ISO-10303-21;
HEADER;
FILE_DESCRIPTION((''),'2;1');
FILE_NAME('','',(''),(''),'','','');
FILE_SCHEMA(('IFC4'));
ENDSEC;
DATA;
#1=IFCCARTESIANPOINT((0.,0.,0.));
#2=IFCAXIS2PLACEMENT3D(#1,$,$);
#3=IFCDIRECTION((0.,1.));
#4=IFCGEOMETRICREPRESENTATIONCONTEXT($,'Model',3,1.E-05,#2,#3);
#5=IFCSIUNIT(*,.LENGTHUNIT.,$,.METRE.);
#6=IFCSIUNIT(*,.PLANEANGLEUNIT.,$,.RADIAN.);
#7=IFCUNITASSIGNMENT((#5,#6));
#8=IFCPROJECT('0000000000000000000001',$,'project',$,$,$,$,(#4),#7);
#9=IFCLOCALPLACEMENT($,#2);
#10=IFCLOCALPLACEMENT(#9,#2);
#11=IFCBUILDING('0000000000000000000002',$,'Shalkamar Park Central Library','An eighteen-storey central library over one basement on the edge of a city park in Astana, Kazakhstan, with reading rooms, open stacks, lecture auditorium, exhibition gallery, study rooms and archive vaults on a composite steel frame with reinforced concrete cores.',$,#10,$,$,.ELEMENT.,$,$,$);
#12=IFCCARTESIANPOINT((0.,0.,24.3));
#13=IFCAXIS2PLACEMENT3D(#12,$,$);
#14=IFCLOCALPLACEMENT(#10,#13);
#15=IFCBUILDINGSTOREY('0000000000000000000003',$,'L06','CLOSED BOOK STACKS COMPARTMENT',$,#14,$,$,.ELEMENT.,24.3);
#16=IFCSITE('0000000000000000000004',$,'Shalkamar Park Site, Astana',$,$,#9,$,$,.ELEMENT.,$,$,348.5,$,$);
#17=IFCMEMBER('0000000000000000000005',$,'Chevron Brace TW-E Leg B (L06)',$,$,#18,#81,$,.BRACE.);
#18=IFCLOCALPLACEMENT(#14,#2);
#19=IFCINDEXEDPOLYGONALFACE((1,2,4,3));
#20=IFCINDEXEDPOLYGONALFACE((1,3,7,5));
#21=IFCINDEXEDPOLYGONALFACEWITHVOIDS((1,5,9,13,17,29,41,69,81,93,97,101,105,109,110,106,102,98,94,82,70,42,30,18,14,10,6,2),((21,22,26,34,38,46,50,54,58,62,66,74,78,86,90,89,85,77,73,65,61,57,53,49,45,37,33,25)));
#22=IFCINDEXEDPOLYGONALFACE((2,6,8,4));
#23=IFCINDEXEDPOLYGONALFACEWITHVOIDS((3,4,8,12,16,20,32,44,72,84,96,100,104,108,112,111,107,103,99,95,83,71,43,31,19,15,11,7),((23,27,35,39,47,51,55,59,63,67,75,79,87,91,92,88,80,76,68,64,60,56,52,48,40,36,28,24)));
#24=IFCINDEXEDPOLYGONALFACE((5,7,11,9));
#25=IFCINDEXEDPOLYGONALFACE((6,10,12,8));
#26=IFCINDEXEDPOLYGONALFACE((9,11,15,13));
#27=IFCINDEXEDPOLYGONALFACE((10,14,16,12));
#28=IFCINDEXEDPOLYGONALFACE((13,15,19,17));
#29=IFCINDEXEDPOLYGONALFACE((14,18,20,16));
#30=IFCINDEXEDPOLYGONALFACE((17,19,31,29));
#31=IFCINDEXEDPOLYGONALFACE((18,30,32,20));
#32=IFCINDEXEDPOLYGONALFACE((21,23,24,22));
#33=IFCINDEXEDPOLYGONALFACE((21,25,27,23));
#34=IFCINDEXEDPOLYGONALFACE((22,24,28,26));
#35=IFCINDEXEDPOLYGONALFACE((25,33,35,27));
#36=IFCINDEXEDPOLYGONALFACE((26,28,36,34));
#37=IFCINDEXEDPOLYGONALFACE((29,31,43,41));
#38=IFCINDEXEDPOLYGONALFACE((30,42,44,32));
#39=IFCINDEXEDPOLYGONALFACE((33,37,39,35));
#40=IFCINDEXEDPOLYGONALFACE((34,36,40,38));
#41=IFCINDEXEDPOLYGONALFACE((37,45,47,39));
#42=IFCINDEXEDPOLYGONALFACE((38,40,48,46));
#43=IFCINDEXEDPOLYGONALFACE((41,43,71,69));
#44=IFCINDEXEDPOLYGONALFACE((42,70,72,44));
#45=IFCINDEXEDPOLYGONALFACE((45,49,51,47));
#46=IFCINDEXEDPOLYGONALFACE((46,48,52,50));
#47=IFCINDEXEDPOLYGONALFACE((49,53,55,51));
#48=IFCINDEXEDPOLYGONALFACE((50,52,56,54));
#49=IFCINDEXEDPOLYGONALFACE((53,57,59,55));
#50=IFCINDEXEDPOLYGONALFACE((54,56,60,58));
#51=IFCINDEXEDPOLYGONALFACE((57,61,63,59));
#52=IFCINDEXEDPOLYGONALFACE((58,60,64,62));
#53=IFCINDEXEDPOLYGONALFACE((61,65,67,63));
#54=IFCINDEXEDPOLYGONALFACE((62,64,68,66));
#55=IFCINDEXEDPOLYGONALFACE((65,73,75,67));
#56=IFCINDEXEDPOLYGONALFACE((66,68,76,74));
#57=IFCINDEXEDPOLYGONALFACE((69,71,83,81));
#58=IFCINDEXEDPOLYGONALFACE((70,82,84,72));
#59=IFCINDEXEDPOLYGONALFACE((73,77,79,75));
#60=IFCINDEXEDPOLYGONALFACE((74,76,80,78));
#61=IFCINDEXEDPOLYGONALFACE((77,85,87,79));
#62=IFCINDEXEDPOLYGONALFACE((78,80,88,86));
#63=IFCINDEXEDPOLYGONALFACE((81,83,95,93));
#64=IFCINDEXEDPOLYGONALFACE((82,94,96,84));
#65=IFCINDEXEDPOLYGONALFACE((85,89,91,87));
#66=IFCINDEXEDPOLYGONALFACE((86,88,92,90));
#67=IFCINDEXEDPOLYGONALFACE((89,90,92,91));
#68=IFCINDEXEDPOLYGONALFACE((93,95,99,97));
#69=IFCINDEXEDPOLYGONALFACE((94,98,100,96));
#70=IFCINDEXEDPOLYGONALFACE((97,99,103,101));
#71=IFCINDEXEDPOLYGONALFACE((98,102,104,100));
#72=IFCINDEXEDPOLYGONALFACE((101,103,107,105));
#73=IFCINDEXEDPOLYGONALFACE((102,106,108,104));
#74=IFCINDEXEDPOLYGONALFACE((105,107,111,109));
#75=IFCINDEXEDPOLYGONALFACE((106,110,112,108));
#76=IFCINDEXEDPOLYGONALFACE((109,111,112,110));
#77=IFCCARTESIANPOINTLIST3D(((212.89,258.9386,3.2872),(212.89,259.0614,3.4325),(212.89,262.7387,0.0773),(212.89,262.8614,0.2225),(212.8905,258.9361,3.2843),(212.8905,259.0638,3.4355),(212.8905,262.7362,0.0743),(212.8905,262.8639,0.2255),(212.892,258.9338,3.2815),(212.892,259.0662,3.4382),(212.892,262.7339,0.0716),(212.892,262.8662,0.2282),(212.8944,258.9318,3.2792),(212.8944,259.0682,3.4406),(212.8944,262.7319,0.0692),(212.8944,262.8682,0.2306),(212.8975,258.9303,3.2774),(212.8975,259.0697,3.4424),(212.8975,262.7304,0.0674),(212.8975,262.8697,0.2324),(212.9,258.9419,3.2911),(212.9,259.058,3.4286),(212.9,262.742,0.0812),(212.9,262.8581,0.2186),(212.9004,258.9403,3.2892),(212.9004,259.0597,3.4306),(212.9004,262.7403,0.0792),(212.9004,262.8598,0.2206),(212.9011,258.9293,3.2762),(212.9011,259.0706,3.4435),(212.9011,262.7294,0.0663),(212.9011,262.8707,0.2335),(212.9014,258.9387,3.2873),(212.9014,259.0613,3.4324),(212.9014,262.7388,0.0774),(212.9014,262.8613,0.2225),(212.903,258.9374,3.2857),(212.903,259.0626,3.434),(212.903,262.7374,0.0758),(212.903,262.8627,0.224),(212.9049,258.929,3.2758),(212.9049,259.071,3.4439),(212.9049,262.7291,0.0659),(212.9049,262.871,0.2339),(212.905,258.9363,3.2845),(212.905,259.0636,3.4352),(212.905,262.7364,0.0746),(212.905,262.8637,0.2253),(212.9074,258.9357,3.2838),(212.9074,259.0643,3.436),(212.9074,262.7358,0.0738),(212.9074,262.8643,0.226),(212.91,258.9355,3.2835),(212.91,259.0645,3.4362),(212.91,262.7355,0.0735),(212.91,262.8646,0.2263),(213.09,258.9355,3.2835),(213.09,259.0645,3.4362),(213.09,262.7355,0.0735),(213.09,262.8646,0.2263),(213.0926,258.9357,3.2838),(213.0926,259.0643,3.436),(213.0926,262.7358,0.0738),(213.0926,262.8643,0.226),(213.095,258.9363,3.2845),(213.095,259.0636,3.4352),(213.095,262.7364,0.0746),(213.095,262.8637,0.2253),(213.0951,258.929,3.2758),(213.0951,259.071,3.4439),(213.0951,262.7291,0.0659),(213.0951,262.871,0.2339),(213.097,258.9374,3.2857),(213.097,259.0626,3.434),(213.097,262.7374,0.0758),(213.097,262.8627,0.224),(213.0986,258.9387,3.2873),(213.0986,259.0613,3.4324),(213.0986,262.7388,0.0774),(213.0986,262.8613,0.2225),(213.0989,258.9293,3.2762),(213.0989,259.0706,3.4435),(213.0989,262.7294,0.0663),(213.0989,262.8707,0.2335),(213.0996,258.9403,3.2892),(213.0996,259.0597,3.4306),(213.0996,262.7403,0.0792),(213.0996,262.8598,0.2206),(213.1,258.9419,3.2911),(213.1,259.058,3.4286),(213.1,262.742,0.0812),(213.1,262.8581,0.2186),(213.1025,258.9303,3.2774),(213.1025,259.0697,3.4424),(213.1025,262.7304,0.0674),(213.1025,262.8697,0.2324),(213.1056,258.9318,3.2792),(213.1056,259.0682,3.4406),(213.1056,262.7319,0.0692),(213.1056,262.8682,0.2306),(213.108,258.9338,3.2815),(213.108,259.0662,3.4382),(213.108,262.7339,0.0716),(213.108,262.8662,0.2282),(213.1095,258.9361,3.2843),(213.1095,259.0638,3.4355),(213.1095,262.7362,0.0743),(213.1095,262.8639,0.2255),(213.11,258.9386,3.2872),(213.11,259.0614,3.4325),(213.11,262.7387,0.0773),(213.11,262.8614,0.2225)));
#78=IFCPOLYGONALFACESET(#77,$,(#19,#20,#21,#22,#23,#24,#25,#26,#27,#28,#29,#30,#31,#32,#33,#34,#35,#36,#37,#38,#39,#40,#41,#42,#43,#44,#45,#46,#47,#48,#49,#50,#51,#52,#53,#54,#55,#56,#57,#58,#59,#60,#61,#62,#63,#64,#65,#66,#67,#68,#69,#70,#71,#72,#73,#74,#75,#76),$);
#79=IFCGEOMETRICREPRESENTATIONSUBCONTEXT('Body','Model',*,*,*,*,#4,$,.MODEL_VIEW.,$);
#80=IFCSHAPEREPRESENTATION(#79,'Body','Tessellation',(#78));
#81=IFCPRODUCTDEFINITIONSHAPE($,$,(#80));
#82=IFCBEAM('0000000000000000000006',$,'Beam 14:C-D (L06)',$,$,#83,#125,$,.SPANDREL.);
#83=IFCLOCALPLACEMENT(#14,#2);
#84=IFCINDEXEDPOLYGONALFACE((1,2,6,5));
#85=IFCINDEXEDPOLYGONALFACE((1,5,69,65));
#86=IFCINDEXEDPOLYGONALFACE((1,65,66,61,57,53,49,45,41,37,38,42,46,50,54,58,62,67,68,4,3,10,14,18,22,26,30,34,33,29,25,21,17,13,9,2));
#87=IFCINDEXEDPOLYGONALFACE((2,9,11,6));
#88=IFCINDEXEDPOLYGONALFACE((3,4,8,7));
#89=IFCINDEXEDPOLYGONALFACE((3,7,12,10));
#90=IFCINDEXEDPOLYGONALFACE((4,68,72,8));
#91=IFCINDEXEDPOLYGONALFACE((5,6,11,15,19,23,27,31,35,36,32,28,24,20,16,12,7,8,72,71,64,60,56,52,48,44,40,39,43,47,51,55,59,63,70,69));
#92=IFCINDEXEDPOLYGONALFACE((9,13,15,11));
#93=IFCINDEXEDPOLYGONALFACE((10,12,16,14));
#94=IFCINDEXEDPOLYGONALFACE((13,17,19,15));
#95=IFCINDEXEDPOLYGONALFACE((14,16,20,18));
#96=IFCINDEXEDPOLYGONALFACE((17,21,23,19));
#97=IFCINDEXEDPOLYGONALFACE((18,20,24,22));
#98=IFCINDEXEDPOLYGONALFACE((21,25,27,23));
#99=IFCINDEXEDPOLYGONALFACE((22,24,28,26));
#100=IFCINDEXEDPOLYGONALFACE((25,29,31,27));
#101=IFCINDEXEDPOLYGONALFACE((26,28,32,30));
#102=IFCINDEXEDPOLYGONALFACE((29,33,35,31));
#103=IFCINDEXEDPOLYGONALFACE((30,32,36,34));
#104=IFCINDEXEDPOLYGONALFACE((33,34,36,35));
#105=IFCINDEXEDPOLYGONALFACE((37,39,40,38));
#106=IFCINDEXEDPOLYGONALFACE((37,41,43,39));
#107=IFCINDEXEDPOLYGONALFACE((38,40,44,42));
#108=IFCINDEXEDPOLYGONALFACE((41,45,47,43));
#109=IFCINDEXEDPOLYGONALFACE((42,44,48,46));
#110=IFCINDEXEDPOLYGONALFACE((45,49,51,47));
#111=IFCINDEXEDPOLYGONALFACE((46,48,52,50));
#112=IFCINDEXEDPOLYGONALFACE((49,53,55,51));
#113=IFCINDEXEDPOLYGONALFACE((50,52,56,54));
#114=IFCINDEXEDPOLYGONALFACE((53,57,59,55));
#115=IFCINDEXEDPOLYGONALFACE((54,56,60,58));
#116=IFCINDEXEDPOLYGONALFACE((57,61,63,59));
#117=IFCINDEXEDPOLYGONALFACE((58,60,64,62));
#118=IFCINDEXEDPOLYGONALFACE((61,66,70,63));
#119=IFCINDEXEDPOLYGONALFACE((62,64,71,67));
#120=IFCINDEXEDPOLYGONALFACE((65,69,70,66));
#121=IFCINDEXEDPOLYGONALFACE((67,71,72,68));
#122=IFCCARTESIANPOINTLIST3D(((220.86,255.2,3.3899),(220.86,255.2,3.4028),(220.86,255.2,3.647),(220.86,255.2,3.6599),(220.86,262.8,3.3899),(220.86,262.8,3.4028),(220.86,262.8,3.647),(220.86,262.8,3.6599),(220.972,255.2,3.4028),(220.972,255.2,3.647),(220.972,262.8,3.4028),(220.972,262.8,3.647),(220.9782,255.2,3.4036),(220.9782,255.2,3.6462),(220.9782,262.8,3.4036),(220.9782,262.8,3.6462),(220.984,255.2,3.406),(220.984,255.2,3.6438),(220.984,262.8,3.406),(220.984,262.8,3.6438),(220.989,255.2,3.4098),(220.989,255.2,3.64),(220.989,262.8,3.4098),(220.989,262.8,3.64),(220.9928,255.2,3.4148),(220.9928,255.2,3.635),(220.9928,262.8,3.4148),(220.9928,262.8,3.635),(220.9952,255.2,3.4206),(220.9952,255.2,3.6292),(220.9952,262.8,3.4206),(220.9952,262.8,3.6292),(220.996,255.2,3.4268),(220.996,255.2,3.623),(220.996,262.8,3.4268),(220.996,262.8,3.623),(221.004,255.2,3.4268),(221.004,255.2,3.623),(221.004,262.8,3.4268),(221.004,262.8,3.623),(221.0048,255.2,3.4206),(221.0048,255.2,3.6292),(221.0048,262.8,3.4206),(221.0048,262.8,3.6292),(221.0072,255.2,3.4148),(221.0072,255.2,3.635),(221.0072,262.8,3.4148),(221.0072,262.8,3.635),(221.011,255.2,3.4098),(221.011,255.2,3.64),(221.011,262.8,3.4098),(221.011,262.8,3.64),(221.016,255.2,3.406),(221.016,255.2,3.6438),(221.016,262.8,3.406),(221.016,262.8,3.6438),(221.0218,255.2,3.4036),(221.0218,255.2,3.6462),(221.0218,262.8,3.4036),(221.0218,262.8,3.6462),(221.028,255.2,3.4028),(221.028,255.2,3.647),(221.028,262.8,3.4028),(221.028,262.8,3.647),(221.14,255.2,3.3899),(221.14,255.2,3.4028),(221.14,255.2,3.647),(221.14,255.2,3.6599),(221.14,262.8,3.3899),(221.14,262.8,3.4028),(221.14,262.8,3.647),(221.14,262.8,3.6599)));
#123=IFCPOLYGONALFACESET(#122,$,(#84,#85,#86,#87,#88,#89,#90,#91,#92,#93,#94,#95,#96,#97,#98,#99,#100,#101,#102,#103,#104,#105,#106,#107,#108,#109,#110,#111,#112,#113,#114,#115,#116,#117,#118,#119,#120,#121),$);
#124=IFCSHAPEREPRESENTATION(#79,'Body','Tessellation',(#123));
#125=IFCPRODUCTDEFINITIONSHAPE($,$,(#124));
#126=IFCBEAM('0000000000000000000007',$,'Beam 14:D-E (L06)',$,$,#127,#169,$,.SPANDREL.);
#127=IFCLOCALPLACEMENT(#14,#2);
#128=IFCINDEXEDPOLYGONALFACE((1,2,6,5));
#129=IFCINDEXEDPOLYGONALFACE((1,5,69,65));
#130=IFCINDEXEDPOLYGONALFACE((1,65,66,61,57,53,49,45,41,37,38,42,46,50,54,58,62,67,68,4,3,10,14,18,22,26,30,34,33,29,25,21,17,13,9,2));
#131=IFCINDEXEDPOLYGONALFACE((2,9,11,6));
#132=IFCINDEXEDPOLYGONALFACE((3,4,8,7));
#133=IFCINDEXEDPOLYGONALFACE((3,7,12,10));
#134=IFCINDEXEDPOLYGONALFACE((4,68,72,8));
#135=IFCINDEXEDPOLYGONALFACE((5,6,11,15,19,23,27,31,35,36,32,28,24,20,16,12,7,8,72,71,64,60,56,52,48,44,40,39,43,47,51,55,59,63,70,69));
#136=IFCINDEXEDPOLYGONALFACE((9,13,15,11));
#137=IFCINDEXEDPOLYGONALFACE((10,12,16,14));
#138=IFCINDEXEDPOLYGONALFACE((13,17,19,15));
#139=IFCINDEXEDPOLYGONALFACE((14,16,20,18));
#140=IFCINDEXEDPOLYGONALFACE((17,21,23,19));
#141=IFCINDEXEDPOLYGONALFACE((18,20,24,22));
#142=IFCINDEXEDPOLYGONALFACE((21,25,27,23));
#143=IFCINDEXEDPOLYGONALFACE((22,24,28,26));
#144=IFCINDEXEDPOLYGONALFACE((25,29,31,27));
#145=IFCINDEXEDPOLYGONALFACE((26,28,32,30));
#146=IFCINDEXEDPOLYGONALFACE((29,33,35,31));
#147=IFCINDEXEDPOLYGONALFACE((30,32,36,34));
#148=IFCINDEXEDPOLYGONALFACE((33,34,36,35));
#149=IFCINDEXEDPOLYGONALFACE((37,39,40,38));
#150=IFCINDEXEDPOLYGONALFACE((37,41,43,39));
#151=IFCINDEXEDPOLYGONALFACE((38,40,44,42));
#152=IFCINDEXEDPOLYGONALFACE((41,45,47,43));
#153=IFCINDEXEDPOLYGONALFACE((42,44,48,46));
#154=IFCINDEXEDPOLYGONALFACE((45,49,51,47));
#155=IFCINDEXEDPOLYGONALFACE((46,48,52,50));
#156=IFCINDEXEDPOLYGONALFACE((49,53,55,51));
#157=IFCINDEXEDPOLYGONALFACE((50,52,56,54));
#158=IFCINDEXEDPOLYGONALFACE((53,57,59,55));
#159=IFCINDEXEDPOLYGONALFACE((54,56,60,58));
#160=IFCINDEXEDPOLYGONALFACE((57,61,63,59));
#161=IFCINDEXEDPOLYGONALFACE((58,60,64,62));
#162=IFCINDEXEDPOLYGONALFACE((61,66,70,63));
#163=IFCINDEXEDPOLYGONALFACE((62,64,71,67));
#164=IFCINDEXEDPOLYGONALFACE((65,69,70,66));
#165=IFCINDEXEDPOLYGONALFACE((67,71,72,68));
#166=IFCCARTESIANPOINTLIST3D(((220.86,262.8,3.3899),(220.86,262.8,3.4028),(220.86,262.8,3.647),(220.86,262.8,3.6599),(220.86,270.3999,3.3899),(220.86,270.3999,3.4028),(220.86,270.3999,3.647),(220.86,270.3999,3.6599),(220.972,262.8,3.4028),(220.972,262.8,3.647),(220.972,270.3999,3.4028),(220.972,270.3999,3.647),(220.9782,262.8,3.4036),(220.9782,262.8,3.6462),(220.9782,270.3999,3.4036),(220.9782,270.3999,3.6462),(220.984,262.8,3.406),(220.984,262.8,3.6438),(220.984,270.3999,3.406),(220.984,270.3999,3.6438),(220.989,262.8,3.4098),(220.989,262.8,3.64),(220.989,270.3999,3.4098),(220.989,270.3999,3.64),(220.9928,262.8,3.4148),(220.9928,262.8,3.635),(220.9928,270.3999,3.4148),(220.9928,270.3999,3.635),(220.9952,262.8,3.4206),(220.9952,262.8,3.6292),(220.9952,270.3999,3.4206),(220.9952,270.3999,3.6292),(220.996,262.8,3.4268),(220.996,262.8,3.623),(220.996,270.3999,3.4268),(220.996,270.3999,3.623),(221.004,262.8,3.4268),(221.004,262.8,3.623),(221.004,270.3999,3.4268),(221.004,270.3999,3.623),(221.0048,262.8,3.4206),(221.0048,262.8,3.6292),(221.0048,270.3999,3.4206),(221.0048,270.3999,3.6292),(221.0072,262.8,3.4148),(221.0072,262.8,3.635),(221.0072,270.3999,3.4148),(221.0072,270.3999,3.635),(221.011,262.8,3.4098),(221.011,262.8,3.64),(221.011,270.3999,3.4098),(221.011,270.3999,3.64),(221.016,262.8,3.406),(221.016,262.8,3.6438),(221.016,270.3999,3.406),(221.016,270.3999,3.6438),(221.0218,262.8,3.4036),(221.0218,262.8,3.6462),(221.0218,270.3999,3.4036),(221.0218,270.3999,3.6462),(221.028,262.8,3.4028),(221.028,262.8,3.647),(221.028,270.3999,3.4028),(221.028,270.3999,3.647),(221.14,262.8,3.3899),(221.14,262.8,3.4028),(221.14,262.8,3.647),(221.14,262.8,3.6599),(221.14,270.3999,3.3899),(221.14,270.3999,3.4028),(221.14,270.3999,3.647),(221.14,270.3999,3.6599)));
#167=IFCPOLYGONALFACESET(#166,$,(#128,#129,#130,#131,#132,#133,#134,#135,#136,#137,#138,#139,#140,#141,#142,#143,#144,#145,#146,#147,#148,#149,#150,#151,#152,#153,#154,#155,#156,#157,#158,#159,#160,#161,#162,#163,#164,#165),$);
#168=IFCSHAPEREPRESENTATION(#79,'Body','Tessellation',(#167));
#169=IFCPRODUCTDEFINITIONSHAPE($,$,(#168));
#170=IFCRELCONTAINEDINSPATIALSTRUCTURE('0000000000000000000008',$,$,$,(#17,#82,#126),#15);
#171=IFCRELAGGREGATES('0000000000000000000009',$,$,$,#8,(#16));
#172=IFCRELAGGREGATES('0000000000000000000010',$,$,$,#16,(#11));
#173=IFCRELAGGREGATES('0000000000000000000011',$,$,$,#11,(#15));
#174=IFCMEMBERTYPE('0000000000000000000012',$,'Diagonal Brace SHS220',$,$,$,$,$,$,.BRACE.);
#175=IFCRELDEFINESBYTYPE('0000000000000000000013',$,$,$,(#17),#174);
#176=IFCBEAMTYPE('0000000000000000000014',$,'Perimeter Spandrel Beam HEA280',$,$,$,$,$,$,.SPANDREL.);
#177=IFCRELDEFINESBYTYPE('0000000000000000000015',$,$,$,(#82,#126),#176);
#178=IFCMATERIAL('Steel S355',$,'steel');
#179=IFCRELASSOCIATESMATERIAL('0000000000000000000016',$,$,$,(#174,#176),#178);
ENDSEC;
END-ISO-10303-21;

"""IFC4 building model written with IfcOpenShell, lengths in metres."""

from ifc_helpers import new_model, si_unit, direction, frame, origin, origin_2d, place, context, subcontext, project, spatial, hollow_rectangle, i_section, extrude, material, material_profile, profile_set, type_object, element, save


model = new_model("IFC4")

# Units and contexts
model_context = context("Model", 3, precision=1e-05, world=origin(), true_north=direction((0.0, 1.0)))
body_context = subcontext(model_context, "Body", "Model", "MODEL_VIEW")
ifc_project = project(units=[si_unit("LENGTHUNIT", "METRE"), si_unit("PLANEANGLEUNIT", "RADIAN")], contexts=[model_context])

# Site, building, storey
site_placement = place(None, origin())
site = spatial("IfcSite", under=ifc_project, at=site_placement, Name="Shalkamar Park Site, Astana", CompositionType="ELEMENT", RefElevation=348.5)
building_placement = place(site_placement, origin())
building = spatial("IfcBuilding", under=site, at=building_placement, Name="Shalkamar Park Central Library", Description="An eighteen-storey central library over one basement on the edge of a city park in Astana, Kazakhstan, with reading rooms, open stacks, lecture auditorium, exhibition gallery, study rooms and archive vaults on a composite steel frame with reinforced concrete cores.", CompositionType="ELEMENT")
storey_placement = place(building_placement, frame((0.0, 0.0, 24.3)))
storey = spatial("IfcBuildingStorey", under=building, at=storey_placement, Name="L06", Description="CLOSED BOOK STACKS COMPARTMENT", CompositionType="ELEMENT", Elevation=24.3)

# Shared definitions
ifc_material_1 = material(Name="Steel S355", Category="steel")

# Member
ifc_material_profile_1 = material_profile(ifc_material_1, hollow_rectangle(XDim=0.22, YDim=0.22, WallThickness=0.01, InnerFilletRadius=0.01, OuterFilletRadius=0.0149, at=origin_2d()), Name="SHS 220x220x10")
ifc_profile_set_1 = profile_set([ifc_material_profile_1], Name="Steel S355")
member_type = type_object("IfcMemberType", Name="Diagonal Brace SHS220", PredefinedType="BRACE", material=ifc_profile_set_1)
for number, where, z_axis, x_axis, name in (
    (1, (213.0, 262.8, 0.1499), (0.0, -0.763928, 0.645302), (1.0, 0.0, 0.0), "Chevron Brace TW-E Leg B (L06)"),
):
    element("IfcMember", number, at=place(storey_placement, frame(where, z_axis=z_axis, x_axis=x_axis)), inside=storey, type_object=member_type, Name=name, PredefinedType="BRACE", context=body_context, shape_type="SweptSolid", body=[
        extrude(hollow_rectangle(XDim=0.22, YDim=0.22, WallThickness=0.01, InnerFilletRadius=0.01, OuterFilletRadius=0.0149, at=origin_2d()), origin(), (0.0, 0.0, 1.0), 4.9744),
    ])

# Beams
ifc_material_profile_2 = material_profile(ifc_material_1, i_section(OverallWidth=0.28, OverallDepth=0.27, WebThickness=0.0081, FlangeThickness=0.0129, FilletRadius=0.0239, at=origin_2d()), Name="HEA 280")
ifc_profile_set_2 = profile_set([ifc_material_profile_2], Name="Steel S355")
beam_type_1 = type_object("IfcBeamType", Name="Perimeter Spandrel Beam HEA280", PredefinedType="SPANDREL", material=ifc_profile_set_2)
beam_1_placement = place(storey_placement, frame((221.0, 255.2, 3.5249), z_axis=(0.0, 1.0, 0.0), x_axis=(-1.0, 0.0, 0.0)))
element("IfcBeam", 2, at=beam_1_placement, inside=storey, type_object=beam_type_1, Name="Beam 14:C-D (L06)", PredefinedType="SPANDREL", context=body_context, shape_type="SweptSolid", body=[
    extrude(i_section(OverallWidth=0.28, OverallDepth=0.27, WebThickness=0.0081, FlangeThickness=0.0129, FilletRadius=0.0239, at=origin_2d()), origin(), (0.0, 0.0, 1.0), 7.6001),
])
beam_2_placement = place(storey_placement, frame((221.0, 262.8, 3.5249), z_axis=(0.0, 1.0, 0.0), x_axis=(-1.0, 0.0, 0.0)))
element("IfcBeam", 3, at=beam_2_placement, inside=storey, type_object=beam_type_1, Name="Beam 14:D-E (L06)", PredefinedType="SPANDREL", context=body_context, shape_type="SweptSolid", body=[
    extrude(i_section(OverallWidth=0.28, OverallDepth=0.27, WebThickness=0.0081, FlangeThickness=0.0129, FilletRadius=0.0239, at=origin_2d()), origin(), (0.0, 0.0, 1.0), 7.5999),
])

save(model, "model.ifc")
